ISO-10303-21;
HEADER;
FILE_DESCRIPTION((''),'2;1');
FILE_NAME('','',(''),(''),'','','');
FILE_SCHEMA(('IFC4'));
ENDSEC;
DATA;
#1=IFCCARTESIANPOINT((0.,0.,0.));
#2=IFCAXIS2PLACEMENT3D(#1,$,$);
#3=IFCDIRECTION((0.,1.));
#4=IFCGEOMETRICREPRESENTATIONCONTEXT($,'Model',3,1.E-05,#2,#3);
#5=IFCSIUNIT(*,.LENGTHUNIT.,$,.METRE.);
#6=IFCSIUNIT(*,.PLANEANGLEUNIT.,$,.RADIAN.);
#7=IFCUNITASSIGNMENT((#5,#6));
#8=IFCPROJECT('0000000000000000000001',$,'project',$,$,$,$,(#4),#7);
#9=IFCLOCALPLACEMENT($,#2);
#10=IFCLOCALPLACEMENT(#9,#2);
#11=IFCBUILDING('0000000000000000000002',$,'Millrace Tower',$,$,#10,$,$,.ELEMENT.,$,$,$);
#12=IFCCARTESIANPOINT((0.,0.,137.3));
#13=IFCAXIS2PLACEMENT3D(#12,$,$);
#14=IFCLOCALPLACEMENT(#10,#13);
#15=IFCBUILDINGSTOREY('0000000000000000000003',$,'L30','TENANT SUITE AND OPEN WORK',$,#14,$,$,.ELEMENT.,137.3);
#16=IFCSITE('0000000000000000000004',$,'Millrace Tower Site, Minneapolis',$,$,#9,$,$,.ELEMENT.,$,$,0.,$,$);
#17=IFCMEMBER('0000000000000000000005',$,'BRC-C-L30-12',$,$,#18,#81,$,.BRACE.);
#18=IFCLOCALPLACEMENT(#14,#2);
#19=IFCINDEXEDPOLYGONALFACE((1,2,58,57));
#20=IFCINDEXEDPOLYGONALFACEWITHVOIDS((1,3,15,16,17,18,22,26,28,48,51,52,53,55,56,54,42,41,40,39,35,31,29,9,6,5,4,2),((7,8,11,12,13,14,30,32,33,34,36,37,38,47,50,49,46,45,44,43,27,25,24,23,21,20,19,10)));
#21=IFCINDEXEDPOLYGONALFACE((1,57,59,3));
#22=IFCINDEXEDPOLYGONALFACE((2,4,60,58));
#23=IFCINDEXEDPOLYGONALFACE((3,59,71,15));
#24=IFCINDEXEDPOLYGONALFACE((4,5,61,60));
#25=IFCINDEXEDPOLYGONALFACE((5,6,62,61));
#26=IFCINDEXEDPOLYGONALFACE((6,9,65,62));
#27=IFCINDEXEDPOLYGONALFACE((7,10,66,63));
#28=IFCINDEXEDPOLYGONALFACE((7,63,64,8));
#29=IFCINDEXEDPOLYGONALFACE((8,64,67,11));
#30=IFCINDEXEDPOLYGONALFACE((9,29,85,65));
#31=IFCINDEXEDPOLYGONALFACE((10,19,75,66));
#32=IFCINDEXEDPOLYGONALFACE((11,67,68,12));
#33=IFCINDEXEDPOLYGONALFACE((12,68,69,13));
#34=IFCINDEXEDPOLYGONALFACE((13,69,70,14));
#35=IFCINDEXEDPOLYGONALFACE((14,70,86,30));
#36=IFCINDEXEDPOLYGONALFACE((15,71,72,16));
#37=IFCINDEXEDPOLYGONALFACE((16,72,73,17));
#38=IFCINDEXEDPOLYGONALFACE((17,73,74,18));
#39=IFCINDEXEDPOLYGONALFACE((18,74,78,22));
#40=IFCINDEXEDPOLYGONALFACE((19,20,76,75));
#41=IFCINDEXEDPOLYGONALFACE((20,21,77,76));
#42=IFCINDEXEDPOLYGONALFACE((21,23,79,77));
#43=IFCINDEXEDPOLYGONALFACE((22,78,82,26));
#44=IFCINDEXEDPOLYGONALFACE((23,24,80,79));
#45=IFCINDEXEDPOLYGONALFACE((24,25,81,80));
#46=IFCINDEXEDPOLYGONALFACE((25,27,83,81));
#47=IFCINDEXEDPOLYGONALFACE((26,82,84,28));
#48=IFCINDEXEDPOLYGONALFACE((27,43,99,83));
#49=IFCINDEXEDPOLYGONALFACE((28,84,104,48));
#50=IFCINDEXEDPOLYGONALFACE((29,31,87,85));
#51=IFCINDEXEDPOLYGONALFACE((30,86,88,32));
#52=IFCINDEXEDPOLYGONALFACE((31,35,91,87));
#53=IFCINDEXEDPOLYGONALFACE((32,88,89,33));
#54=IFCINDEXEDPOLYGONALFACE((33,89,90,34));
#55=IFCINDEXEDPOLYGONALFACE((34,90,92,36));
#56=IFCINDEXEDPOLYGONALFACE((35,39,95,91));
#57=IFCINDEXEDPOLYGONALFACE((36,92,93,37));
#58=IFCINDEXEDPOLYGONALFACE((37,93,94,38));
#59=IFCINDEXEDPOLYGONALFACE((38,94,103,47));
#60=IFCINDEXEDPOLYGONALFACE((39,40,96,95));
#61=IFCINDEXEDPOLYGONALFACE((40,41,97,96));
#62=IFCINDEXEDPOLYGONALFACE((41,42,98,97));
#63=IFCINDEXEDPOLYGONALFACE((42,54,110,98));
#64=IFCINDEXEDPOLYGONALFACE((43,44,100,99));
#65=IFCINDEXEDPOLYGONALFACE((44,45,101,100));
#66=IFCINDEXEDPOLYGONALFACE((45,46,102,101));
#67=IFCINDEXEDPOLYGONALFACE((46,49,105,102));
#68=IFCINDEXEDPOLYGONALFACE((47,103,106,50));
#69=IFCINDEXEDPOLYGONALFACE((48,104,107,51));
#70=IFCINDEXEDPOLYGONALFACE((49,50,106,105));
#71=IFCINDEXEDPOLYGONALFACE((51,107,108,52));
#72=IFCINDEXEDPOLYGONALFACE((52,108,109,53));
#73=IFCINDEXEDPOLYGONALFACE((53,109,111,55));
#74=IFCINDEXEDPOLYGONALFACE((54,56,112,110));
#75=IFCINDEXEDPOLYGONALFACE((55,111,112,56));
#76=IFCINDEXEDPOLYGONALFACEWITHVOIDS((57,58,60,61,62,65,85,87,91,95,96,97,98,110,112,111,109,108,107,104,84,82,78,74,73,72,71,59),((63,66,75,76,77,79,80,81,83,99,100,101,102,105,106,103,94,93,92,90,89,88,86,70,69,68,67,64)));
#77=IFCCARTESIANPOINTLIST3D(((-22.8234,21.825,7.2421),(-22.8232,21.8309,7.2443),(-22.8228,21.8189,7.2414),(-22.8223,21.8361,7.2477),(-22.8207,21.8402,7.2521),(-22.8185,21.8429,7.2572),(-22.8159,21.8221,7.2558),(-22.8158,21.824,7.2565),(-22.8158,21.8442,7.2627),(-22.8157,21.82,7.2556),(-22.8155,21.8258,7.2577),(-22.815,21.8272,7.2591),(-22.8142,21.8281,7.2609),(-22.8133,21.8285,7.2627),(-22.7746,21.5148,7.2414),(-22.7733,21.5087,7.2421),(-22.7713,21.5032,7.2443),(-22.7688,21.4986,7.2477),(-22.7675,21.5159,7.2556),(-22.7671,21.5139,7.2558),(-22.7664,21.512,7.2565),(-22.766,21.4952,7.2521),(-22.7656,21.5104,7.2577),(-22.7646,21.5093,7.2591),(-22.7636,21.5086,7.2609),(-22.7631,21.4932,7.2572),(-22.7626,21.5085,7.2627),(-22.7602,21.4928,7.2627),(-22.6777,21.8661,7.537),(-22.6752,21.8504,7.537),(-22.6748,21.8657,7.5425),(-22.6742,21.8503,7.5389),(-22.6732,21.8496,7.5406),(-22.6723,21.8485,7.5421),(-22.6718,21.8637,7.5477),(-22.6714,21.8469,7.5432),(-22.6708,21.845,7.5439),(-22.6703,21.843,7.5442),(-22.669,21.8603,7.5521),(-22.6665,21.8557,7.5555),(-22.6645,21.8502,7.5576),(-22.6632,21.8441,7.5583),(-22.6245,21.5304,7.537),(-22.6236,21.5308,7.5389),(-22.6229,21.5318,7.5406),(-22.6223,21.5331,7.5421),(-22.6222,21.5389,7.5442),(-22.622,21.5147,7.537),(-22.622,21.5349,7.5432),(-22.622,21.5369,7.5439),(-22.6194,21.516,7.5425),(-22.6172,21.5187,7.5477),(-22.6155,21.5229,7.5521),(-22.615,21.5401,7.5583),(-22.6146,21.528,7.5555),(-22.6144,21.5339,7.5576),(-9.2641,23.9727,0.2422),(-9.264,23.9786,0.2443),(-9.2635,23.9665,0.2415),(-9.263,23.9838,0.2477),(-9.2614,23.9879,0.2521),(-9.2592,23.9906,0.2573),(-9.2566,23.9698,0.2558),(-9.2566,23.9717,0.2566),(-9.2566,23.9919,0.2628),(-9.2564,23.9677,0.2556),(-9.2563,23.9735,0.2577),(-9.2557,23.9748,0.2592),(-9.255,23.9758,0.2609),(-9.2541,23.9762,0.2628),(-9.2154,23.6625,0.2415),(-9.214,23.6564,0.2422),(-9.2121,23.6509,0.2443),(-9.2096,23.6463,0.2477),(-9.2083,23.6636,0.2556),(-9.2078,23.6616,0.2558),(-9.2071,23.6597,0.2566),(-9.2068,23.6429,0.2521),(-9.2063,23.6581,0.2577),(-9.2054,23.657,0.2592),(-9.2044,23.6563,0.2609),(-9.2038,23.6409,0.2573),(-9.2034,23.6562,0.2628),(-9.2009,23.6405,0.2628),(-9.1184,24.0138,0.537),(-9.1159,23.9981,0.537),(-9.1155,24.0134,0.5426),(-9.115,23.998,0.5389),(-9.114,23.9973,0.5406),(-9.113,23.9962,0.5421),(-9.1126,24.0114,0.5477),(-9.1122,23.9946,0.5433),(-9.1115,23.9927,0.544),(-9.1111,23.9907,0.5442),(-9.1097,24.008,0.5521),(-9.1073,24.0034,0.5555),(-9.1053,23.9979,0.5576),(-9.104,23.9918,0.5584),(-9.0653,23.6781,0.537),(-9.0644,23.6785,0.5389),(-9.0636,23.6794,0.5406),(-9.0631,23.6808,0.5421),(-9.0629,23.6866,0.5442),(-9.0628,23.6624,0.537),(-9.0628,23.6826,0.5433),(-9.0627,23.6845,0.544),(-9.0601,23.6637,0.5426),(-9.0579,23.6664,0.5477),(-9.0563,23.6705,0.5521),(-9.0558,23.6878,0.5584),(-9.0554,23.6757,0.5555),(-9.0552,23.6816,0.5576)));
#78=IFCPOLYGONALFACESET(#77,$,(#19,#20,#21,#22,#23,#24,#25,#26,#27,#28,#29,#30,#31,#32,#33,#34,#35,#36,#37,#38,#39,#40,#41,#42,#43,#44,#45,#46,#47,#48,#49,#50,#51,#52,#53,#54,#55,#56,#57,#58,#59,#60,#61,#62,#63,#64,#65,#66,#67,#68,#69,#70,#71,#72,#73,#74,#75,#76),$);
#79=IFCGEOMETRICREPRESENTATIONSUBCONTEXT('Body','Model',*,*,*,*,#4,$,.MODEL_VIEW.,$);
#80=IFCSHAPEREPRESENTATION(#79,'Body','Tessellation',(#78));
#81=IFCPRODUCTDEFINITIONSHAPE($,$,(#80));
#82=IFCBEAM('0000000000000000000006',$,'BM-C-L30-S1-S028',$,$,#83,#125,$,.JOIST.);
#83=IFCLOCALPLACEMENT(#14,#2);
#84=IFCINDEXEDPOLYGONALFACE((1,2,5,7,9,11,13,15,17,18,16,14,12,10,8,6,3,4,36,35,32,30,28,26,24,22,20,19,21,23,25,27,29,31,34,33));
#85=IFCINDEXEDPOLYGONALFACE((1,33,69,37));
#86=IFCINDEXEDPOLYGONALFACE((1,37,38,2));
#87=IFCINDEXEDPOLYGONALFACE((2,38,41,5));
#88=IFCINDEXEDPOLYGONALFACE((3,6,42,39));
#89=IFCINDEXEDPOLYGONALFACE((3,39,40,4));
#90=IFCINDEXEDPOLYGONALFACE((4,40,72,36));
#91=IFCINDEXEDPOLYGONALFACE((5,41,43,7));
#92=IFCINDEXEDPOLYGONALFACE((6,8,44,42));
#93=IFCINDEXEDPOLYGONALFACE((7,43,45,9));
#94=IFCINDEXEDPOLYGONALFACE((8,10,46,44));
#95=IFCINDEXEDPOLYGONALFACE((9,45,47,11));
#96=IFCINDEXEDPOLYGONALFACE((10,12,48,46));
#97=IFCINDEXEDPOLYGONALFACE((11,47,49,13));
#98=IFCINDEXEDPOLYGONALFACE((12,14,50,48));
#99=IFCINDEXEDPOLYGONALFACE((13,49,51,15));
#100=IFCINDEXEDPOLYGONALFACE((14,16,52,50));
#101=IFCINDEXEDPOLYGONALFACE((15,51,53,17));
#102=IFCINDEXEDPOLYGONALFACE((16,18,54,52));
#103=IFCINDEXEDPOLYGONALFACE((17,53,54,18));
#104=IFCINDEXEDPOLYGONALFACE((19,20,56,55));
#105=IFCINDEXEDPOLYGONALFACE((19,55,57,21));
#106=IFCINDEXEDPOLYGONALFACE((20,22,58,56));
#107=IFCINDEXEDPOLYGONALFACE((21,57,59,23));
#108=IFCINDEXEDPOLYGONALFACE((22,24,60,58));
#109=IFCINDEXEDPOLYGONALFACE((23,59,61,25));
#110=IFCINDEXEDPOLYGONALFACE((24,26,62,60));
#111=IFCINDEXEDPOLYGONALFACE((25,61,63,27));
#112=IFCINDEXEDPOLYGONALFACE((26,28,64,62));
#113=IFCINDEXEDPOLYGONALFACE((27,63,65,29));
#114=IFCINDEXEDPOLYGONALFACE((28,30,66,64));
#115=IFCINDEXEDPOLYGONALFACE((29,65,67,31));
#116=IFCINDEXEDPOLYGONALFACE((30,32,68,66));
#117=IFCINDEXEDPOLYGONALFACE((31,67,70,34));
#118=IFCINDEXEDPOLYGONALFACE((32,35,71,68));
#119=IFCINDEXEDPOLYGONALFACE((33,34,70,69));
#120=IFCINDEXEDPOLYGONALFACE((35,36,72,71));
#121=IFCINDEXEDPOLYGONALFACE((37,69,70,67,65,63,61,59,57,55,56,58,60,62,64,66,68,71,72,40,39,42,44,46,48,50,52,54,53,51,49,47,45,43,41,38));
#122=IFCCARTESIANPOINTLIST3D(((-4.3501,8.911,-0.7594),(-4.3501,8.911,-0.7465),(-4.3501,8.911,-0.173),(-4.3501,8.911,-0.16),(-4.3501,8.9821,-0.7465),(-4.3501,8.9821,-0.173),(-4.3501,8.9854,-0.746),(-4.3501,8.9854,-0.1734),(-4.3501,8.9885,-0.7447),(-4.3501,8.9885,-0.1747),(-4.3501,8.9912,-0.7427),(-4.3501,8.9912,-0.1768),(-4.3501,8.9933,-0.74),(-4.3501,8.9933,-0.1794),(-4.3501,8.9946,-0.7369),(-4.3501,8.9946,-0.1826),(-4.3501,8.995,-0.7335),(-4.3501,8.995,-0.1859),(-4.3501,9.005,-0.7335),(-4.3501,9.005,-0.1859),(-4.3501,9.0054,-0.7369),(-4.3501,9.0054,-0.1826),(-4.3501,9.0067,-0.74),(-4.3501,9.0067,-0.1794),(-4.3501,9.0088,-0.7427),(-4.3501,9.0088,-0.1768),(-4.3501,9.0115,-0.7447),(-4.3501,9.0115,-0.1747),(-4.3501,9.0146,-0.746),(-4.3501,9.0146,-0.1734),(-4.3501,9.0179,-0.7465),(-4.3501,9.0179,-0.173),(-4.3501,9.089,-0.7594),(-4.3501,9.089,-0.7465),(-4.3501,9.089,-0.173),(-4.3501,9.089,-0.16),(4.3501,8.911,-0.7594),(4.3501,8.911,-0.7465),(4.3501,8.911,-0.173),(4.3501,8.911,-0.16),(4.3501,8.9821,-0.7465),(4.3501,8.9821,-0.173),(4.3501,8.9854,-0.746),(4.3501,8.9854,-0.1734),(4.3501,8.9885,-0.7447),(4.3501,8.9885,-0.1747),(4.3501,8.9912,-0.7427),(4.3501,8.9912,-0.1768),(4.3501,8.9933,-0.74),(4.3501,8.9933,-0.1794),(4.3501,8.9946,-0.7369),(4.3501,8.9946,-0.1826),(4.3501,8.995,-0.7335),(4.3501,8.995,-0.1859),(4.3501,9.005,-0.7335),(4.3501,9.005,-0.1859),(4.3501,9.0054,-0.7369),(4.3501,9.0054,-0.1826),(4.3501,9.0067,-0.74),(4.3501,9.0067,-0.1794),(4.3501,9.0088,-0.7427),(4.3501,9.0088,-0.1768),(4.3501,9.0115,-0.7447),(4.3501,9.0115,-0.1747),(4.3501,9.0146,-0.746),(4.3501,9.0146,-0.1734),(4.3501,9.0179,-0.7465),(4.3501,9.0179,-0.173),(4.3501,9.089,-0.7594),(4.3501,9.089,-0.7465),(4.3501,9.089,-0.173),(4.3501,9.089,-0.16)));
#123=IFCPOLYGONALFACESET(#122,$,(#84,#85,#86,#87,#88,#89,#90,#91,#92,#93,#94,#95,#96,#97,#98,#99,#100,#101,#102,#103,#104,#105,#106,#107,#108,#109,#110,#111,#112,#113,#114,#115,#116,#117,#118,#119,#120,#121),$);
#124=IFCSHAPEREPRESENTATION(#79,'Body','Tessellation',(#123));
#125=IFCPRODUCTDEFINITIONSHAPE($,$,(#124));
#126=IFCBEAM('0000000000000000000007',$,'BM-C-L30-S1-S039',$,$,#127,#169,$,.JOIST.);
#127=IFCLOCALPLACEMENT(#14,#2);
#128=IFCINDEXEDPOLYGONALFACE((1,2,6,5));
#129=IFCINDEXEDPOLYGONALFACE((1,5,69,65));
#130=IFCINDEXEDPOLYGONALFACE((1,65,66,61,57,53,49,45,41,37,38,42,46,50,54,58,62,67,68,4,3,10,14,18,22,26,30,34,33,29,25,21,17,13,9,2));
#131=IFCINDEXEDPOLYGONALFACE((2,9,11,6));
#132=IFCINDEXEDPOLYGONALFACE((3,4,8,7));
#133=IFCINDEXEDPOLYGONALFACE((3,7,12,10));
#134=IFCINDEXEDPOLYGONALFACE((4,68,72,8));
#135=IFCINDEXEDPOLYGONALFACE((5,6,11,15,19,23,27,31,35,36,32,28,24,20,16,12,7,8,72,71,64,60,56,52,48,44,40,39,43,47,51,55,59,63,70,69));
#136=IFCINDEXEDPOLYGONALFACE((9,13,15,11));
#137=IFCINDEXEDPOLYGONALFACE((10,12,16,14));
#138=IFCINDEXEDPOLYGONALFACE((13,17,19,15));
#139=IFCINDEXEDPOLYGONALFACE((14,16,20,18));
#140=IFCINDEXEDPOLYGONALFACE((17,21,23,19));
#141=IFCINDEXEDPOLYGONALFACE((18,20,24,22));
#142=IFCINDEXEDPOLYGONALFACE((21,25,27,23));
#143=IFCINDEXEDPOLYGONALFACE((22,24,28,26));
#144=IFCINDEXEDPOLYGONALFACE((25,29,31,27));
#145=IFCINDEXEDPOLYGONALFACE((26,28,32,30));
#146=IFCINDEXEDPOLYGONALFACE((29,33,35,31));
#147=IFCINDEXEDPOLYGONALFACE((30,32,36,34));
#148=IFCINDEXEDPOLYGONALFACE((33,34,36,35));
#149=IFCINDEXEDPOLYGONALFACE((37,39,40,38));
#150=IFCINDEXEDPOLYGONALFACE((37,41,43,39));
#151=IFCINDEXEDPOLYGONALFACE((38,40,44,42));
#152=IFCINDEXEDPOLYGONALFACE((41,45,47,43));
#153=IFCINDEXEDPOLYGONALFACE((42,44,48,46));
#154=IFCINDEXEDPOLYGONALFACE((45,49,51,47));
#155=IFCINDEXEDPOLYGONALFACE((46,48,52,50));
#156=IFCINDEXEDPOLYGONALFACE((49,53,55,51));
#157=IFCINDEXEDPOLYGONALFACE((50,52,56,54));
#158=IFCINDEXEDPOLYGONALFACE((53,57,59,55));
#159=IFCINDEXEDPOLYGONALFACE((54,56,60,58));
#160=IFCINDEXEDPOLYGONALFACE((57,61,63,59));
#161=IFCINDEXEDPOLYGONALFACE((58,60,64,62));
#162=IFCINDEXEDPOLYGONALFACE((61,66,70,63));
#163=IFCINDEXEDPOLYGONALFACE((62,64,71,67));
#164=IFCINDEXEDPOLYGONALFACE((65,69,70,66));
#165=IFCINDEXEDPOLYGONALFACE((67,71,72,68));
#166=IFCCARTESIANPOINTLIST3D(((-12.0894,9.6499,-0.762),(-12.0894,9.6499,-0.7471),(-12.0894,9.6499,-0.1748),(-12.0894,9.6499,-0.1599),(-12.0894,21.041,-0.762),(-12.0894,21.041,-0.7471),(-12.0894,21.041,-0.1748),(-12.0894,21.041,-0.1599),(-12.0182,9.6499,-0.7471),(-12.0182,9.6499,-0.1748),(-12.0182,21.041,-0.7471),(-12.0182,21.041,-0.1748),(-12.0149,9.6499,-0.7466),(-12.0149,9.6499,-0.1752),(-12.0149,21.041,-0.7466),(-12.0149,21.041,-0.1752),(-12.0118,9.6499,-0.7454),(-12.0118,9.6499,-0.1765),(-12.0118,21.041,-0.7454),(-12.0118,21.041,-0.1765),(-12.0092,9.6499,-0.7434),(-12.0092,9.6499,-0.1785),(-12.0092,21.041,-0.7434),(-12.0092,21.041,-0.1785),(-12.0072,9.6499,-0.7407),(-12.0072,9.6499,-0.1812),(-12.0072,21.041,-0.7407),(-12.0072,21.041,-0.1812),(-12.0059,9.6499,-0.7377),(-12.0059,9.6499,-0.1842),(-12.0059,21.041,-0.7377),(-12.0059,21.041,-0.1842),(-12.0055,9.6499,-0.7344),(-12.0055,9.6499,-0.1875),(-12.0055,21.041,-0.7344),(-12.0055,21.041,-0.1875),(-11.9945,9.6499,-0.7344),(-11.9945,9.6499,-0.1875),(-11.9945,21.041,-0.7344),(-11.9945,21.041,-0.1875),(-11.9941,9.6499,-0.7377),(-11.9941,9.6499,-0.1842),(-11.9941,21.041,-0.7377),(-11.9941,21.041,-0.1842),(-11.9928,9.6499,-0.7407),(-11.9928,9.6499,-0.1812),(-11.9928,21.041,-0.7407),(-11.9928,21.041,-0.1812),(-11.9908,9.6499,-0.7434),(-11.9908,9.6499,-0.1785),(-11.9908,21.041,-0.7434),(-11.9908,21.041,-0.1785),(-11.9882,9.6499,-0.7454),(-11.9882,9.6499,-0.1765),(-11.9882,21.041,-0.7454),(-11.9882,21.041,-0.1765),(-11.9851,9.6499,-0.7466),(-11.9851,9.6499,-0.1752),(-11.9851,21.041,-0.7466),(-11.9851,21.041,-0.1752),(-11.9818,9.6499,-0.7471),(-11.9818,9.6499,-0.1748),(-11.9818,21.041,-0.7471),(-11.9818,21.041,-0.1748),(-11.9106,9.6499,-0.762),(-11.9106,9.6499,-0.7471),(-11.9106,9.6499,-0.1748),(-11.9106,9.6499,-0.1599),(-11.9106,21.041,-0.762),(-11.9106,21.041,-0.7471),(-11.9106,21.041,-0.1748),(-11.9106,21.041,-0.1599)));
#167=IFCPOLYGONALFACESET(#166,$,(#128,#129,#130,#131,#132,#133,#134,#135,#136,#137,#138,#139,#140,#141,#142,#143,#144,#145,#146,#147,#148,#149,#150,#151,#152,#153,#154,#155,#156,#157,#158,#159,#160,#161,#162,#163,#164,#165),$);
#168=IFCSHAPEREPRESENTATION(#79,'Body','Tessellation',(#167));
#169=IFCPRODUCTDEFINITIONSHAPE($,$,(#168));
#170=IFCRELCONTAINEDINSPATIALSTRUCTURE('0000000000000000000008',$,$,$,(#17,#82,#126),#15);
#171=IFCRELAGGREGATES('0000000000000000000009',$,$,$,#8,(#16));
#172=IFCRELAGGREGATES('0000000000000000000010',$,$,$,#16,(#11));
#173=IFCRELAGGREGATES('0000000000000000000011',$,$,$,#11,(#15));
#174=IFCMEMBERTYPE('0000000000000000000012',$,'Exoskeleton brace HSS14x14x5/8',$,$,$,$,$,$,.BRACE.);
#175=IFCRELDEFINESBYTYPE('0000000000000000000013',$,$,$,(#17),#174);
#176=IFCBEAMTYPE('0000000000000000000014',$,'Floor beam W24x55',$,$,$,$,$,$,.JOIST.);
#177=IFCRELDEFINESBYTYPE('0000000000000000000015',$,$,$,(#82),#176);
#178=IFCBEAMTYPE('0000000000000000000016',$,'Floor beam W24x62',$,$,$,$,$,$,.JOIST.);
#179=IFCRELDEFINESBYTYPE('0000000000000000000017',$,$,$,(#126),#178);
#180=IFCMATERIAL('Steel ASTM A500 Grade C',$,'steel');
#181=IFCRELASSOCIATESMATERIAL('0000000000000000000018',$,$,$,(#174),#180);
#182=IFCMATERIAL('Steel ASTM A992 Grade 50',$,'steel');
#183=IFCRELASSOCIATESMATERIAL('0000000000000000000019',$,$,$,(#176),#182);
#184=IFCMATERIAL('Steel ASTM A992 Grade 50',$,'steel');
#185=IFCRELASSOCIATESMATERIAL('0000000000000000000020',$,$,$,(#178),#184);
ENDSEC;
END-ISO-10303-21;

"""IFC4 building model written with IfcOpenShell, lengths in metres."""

from ifc_helpers import new_model, si_unit, direction, frame, origin, origin_2d, place, context, subcontext, project, spatial, hollow_rectangle, i_section, extrude, material, material_profile, profile_set, type_object, element, save


model = new_model("IFC4")

# Units and contexts
model_context = context("Model", 3, precision=1e-05, world=origin(), true_north=direction((0.0, 1.0)))
body_context = subcontext(model_context, "Body", "Model", "MODEL_VIEW")
ifc_project = project(units=[si_unit("LENGTHUNIT", "METRE"), si_unit("PLANEANGLEUNIT", "RADIAN")], contexts=[model_context])

# Site, building, storey
site_placement = place(None, origin())
site = spatial("IfcSite", under=ifc_project, at=site_placement, Name="Millrace Tower Site, Minneapolis", CompositionType="ELEMENT", RefElevation=0.0)
building_placement = place(site_placement, origin())
building = spatial("IfcBuilding", under=site, at=building_placement, Name="Millrace Tower", CompositionType="ELEMENT")
storey_placement = place(building_placement, frame((0.0, 0.0, 137.3)))
storey = spatial("IfcBuildingStorey", under=building, at=storey_placement, Name="L30", Description="TENANT SUITE AND OPEN WORK", CompositionType="ELEMENT", Elevation=137.3)

# Member
ifc_material_1 = material(Name="Steel ASTM A500 Grade C", Category="steel")
ifc_material_profile_1 = material_profile(ifc_material_1, hollow_rectangle(XDim=0.3557, YDim=0.3557, WallThickness=0.0159, InnerFilletRadius=0.0081, OuterFilletRadius=0.0239, at=origin_2d()))
ifc_profile_set_1 = profile_set([ifc_material_profile_1], Name="Steel ASTM A500 Grade C")
member_type_1 = type_object("IfcMemberType", Name="Exoskeleton brace HSS14x14x5/8", PredefinedType="BRACE", material=ifc_profile_set_1)
member_1_placement = place(storey_placement, frame((-9.1597, 23.8271, 0.3999), z_axis=(-0.879905, -0.139371, 0.454251), x_axis=(0.156443, -0.987687, 0.0)))
element("IfcMember", 1, at=member_1_placement, inside=storey, type_object=member_type_1, Name="BRC-C-L30-12", PredefinedType="BRACE", context=body_context, shape_type="SweptSolid", body=[
    extrude(hollow_rectangle(XDim=0.3557, YDim=0.3557, WallThickness=0.0159, InnerFilletRadius=0.0081, OuterFilletRadius=0.0239, at=origin_2d()), origin(), (0.0, 0.0, 1.0), 15.4099),
])

# Beams
ifc_material_2 = material(Name="Steel ASTM A992 Grade 50", Category="steel")
ifc_material_profile_2 = material_profile(ifc_material_2, i_section(OverallWidth=0.178, OverallDepth=0.5994, WebThickness=0.01, FlangeThickness=0.0129, FilletRadius=0.0129, at=origin_2d()))
ifc_profile_set_2 = profile_set([ifc_material_profile_2], Name="Steel ASTM A992 Grade 50")
beam_type_1 = type_object("IfcBeamType", Name="Floor beam W24x55", PredefinedType="JOIST", material=ifc_profile_set_2)
beam_1_placement = place(storey_placement, frame((-4.3501, 9.0, -0.4597), z_axis=(1.0, 0.0, 0.0), x_axis=(0.0, 1.0, 0.0)))
element("IfcBeam", 2, at=beam_1_placement, inside=storey, type_object=beam_type_1, Name="BM-C-L30-S1-S028", PredefinedType="JOIST", context=body_context, shape_type="SweptSolid", body=[
    extrude(i_section(OverallWidth=0.178, OverallDepth=0.5994, WebThickness=0.01, FlangeThickness=0.0129, FilletRadius=0.0129, at=origin_2d()), origin(), (0.0, 0.0, 1.0), 8.7002),
])
ifc_material_3 = material(Name="Steel ASTM A992 Grade 50", Category="steel")
ifc_material_profile_3 = material_profile(ifc_material_3, i_section(OverallWidth=0.1787, OverallDepth=0.6021, WebThickness=0.011, FlangeThickness=0.0149, FilletRadius=0.0127, at=origin_2d()))
ifc_profile_set_3 = profile_set([ifc_material_profile_3], Name="Steel ASTM A992 Grade 50")
beam_type_2 = type_object("IfcBeamType", Name="Floor beam W24x62", PredefinedType="JOIST", material=ifc_profile_set_3)
beam_2_placement = place(storey_placement, frame((-12.0, 9.6499, -0.4609), z_axis=(0.0, 1.0, 0.0), x_axis=(-1.0, 0.0, 0.0)))
element("IfcBeam", 3, at=beam_2_placement, inside=storey, type_object=beam_type_2, Name="BM-C-L30-S1-S039", PredefinedType="JOIST", context=body_context, shape_type="SweptSolid", body=[
    extrude(i_section(OverallWidth=0.1787, OverallDepth=0.6021, WebThickness=0.011, FlangeThickness=0.0149, FilletRadius=0.0127, at=origin_2d()), origin(), (0.0, 0.0, 1.0), 11.3911),
])

save(model, "model.ifc")
